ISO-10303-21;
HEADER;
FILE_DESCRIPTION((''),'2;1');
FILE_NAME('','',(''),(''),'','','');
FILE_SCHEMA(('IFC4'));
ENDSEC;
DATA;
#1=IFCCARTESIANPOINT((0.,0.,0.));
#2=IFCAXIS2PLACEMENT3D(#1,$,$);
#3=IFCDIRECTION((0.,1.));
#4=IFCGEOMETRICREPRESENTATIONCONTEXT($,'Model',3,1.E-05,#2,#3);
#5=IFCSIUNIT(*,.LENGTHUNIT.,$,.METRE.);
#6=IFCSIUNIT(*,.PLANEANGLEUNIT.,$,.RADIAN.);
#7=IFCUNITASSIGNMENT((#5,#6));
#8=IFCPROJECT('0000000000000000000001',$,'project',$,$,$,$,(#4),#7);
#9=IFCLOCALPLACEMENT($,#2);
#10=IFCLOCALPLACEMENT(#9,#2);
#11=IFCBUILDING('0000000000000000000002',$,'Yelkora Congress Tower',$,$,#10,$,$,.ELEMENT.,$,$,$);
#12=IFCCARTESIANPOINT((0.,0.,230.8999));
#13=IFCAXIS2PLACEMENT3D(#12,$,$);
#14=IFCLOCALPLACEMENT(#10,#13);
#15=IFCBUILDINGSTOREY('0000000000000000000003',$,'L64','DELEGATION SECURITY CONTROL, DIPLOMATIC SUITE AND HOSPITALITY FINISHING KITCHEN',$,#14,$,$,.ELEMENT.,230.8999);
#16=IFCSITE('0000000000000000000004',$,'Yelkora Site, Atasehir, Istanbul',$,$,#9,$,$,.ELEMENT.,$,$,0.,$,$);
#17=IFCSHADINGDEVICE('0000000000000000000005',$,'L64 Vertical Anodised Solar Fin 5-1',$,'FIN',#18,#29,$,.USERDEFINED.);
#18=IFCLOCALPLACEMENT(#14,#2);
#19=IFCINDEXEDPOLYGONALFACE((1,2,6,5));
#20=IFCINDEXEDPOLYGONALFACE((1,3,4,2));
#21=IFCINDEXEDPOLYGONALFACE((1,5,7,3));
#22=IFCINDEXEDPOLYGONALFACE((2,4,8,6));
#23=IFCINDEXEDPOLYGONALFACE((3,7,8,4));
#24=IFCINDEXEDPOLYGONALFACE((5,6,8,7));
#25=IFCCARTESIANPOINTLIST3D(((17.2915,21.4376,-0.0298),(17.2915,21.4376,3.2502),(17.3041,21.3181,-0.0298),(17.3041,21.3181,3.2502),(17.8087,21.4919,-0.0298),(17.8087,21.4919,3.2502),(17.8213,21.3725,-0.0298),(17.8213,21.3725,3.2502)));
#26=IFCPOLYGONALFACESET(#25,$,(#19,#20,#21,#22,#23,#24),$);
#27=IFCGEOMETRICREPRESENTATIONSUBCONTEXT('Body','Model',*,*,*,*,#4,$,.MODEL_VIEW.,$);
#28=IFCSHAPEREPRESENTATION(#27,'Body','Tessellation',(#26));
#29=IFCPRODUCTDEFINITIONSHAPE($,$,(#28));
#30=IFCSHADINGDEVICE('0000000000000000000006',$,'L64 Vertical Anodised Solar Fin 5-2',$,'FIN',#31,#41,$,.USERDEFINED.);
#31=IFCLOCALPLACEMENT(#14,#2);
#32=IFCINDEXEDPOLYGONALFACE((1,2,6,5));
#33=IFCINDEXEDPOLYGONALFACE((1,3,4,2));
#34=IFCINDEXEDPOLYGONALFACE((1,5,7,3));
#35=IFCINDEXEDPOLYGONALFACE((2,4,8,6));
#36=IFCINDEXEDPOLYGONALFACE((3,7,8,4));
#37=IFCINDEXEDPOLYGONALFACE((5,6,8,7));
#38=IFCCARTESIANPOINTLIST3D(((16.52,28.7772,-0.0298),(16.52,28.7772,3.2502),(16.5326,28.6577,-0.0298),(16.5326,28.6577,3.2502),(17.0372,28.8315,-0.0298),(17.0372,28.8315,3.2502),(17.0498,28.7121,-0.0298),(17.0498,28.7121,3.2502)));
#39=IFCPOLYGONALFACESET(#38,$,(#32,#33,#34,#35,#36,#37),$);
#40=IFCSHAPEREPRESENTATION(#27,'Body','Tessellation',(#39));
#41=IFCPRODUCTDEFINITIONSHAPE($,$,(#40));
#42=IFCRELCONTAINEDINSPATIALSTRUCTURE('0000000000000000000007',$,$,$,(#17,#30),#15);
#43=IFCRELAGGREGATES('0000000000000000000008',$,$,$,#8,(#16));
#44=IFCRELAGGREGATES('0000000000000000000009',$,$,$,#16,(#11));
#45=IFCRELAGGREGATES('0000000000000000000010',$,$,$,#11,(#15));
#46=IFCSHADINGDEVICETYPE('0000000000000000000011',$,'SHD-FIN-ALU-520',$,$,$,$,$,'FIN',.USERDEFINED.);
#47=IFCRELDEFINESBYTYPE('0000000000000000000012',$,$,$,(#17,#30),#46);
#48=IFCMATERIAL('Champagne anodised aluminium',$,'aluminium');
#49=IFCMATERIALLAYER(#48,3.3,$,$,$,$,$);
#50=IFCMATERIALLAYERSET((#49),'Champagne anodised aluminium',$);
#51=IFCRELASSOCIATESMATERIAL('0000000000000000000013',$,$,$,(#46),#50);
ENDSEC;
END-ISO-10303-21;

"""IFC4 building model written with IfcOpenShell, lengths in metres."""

from ifc_helpers import new_model, si_unit, direction, frame, origin, origin_2d, place, context, subcontext, project, spatial, rectangle, extrude, material, layer, layer_set, type_object, element, save


model = new_model("IFC4")

# Units and contexts
model_context = context("Model", 3, precision=1e-05, world=origin(), true_north=direction((0.0, 1.0)))
body_context = subcontext(model_context, "Body", "Model", "MODEL_VIEW")
ifc_project = project(units=[si_unit("LENGTHUNIT", "METRE"), si_unit("PLANEANGLEUNIT", "RADIAN")], contexts=[model_context])

# Site, building, storey
site_placement = place(None, origin())
site = spatial("IfcSite", under=ifc_project, at=site_placement, Name="Yelkora Site, Atasehir, Istanbul", CompositionType="ELEMENT", RefElevation=0.0)
building_placement = place(site_placement, origin())
building = spatial("IfcBuilding", under=site, at=building_placement, Name="Yelkora Congress Tower", CompositionType="ELEMENT")
storey_placement = place(building_placement, frame((0.0, 0.0, 230.8999)))
storey = spatial("IfcBuildingStorey", under=building, at=storey_placement, Name="L64", Description="DELEGATION SECURITY CONTROL, DIPLOMATIC SUITE AND HOSPITALITY FINISHING KITCHEN", CompositionType="ELEMENT", Elevation=230.8999)

# Shading devices
ifc_material_1 = material(Name="Champagne anodised aluminium", Category="aluminium")
ifc_layer_1 = layer(ifc_material_1, 3.3)
ifc_layer_set_1 = layer_set([ifc_layer_1], Name="Champagne anodised aluminium")
shading_device_type = type_object("IfcShadingDeviceType", Name="SHD-FIN-ALU-520", ElementType="FIN", PredefinedType="USERDEFINED", material=ifc_layer_set_1)
for number, where, z_axis, x_axis, name in (
    (1, (17.5564, 21.405, -0.0298), (0.0, 0.0, 1.0), (-0.104528, 0.994522, 0.0), "L64 Vertical Anodised Solar Fin 5-1"),
    (2, (16.7849, 28.7446, -0.0298), (0.0, 0.0, 1.0), (-0.104528, 0.994522, 0.0), "L64 Vertical Anodised Solar Fin 5-2"),
):
    element("IfcShadingDevice", number, at=place(storey_placement, frame(where, z_axis=z_axis, x_axis=x_axis)), inside=storey, type_object=shading_device_type, Name=name, ObjectType="FIN", PredefinedType="USERDEFINED", context=body_context, shape_type="SweptSolid", body=[
        extrude(rectangle(XDim=0.1201, YDim=0.52, at=origin_2d()), origin(), (0.0, 0.0, 1.0), 3.28),
    ])

save(model, "model.ifc")
